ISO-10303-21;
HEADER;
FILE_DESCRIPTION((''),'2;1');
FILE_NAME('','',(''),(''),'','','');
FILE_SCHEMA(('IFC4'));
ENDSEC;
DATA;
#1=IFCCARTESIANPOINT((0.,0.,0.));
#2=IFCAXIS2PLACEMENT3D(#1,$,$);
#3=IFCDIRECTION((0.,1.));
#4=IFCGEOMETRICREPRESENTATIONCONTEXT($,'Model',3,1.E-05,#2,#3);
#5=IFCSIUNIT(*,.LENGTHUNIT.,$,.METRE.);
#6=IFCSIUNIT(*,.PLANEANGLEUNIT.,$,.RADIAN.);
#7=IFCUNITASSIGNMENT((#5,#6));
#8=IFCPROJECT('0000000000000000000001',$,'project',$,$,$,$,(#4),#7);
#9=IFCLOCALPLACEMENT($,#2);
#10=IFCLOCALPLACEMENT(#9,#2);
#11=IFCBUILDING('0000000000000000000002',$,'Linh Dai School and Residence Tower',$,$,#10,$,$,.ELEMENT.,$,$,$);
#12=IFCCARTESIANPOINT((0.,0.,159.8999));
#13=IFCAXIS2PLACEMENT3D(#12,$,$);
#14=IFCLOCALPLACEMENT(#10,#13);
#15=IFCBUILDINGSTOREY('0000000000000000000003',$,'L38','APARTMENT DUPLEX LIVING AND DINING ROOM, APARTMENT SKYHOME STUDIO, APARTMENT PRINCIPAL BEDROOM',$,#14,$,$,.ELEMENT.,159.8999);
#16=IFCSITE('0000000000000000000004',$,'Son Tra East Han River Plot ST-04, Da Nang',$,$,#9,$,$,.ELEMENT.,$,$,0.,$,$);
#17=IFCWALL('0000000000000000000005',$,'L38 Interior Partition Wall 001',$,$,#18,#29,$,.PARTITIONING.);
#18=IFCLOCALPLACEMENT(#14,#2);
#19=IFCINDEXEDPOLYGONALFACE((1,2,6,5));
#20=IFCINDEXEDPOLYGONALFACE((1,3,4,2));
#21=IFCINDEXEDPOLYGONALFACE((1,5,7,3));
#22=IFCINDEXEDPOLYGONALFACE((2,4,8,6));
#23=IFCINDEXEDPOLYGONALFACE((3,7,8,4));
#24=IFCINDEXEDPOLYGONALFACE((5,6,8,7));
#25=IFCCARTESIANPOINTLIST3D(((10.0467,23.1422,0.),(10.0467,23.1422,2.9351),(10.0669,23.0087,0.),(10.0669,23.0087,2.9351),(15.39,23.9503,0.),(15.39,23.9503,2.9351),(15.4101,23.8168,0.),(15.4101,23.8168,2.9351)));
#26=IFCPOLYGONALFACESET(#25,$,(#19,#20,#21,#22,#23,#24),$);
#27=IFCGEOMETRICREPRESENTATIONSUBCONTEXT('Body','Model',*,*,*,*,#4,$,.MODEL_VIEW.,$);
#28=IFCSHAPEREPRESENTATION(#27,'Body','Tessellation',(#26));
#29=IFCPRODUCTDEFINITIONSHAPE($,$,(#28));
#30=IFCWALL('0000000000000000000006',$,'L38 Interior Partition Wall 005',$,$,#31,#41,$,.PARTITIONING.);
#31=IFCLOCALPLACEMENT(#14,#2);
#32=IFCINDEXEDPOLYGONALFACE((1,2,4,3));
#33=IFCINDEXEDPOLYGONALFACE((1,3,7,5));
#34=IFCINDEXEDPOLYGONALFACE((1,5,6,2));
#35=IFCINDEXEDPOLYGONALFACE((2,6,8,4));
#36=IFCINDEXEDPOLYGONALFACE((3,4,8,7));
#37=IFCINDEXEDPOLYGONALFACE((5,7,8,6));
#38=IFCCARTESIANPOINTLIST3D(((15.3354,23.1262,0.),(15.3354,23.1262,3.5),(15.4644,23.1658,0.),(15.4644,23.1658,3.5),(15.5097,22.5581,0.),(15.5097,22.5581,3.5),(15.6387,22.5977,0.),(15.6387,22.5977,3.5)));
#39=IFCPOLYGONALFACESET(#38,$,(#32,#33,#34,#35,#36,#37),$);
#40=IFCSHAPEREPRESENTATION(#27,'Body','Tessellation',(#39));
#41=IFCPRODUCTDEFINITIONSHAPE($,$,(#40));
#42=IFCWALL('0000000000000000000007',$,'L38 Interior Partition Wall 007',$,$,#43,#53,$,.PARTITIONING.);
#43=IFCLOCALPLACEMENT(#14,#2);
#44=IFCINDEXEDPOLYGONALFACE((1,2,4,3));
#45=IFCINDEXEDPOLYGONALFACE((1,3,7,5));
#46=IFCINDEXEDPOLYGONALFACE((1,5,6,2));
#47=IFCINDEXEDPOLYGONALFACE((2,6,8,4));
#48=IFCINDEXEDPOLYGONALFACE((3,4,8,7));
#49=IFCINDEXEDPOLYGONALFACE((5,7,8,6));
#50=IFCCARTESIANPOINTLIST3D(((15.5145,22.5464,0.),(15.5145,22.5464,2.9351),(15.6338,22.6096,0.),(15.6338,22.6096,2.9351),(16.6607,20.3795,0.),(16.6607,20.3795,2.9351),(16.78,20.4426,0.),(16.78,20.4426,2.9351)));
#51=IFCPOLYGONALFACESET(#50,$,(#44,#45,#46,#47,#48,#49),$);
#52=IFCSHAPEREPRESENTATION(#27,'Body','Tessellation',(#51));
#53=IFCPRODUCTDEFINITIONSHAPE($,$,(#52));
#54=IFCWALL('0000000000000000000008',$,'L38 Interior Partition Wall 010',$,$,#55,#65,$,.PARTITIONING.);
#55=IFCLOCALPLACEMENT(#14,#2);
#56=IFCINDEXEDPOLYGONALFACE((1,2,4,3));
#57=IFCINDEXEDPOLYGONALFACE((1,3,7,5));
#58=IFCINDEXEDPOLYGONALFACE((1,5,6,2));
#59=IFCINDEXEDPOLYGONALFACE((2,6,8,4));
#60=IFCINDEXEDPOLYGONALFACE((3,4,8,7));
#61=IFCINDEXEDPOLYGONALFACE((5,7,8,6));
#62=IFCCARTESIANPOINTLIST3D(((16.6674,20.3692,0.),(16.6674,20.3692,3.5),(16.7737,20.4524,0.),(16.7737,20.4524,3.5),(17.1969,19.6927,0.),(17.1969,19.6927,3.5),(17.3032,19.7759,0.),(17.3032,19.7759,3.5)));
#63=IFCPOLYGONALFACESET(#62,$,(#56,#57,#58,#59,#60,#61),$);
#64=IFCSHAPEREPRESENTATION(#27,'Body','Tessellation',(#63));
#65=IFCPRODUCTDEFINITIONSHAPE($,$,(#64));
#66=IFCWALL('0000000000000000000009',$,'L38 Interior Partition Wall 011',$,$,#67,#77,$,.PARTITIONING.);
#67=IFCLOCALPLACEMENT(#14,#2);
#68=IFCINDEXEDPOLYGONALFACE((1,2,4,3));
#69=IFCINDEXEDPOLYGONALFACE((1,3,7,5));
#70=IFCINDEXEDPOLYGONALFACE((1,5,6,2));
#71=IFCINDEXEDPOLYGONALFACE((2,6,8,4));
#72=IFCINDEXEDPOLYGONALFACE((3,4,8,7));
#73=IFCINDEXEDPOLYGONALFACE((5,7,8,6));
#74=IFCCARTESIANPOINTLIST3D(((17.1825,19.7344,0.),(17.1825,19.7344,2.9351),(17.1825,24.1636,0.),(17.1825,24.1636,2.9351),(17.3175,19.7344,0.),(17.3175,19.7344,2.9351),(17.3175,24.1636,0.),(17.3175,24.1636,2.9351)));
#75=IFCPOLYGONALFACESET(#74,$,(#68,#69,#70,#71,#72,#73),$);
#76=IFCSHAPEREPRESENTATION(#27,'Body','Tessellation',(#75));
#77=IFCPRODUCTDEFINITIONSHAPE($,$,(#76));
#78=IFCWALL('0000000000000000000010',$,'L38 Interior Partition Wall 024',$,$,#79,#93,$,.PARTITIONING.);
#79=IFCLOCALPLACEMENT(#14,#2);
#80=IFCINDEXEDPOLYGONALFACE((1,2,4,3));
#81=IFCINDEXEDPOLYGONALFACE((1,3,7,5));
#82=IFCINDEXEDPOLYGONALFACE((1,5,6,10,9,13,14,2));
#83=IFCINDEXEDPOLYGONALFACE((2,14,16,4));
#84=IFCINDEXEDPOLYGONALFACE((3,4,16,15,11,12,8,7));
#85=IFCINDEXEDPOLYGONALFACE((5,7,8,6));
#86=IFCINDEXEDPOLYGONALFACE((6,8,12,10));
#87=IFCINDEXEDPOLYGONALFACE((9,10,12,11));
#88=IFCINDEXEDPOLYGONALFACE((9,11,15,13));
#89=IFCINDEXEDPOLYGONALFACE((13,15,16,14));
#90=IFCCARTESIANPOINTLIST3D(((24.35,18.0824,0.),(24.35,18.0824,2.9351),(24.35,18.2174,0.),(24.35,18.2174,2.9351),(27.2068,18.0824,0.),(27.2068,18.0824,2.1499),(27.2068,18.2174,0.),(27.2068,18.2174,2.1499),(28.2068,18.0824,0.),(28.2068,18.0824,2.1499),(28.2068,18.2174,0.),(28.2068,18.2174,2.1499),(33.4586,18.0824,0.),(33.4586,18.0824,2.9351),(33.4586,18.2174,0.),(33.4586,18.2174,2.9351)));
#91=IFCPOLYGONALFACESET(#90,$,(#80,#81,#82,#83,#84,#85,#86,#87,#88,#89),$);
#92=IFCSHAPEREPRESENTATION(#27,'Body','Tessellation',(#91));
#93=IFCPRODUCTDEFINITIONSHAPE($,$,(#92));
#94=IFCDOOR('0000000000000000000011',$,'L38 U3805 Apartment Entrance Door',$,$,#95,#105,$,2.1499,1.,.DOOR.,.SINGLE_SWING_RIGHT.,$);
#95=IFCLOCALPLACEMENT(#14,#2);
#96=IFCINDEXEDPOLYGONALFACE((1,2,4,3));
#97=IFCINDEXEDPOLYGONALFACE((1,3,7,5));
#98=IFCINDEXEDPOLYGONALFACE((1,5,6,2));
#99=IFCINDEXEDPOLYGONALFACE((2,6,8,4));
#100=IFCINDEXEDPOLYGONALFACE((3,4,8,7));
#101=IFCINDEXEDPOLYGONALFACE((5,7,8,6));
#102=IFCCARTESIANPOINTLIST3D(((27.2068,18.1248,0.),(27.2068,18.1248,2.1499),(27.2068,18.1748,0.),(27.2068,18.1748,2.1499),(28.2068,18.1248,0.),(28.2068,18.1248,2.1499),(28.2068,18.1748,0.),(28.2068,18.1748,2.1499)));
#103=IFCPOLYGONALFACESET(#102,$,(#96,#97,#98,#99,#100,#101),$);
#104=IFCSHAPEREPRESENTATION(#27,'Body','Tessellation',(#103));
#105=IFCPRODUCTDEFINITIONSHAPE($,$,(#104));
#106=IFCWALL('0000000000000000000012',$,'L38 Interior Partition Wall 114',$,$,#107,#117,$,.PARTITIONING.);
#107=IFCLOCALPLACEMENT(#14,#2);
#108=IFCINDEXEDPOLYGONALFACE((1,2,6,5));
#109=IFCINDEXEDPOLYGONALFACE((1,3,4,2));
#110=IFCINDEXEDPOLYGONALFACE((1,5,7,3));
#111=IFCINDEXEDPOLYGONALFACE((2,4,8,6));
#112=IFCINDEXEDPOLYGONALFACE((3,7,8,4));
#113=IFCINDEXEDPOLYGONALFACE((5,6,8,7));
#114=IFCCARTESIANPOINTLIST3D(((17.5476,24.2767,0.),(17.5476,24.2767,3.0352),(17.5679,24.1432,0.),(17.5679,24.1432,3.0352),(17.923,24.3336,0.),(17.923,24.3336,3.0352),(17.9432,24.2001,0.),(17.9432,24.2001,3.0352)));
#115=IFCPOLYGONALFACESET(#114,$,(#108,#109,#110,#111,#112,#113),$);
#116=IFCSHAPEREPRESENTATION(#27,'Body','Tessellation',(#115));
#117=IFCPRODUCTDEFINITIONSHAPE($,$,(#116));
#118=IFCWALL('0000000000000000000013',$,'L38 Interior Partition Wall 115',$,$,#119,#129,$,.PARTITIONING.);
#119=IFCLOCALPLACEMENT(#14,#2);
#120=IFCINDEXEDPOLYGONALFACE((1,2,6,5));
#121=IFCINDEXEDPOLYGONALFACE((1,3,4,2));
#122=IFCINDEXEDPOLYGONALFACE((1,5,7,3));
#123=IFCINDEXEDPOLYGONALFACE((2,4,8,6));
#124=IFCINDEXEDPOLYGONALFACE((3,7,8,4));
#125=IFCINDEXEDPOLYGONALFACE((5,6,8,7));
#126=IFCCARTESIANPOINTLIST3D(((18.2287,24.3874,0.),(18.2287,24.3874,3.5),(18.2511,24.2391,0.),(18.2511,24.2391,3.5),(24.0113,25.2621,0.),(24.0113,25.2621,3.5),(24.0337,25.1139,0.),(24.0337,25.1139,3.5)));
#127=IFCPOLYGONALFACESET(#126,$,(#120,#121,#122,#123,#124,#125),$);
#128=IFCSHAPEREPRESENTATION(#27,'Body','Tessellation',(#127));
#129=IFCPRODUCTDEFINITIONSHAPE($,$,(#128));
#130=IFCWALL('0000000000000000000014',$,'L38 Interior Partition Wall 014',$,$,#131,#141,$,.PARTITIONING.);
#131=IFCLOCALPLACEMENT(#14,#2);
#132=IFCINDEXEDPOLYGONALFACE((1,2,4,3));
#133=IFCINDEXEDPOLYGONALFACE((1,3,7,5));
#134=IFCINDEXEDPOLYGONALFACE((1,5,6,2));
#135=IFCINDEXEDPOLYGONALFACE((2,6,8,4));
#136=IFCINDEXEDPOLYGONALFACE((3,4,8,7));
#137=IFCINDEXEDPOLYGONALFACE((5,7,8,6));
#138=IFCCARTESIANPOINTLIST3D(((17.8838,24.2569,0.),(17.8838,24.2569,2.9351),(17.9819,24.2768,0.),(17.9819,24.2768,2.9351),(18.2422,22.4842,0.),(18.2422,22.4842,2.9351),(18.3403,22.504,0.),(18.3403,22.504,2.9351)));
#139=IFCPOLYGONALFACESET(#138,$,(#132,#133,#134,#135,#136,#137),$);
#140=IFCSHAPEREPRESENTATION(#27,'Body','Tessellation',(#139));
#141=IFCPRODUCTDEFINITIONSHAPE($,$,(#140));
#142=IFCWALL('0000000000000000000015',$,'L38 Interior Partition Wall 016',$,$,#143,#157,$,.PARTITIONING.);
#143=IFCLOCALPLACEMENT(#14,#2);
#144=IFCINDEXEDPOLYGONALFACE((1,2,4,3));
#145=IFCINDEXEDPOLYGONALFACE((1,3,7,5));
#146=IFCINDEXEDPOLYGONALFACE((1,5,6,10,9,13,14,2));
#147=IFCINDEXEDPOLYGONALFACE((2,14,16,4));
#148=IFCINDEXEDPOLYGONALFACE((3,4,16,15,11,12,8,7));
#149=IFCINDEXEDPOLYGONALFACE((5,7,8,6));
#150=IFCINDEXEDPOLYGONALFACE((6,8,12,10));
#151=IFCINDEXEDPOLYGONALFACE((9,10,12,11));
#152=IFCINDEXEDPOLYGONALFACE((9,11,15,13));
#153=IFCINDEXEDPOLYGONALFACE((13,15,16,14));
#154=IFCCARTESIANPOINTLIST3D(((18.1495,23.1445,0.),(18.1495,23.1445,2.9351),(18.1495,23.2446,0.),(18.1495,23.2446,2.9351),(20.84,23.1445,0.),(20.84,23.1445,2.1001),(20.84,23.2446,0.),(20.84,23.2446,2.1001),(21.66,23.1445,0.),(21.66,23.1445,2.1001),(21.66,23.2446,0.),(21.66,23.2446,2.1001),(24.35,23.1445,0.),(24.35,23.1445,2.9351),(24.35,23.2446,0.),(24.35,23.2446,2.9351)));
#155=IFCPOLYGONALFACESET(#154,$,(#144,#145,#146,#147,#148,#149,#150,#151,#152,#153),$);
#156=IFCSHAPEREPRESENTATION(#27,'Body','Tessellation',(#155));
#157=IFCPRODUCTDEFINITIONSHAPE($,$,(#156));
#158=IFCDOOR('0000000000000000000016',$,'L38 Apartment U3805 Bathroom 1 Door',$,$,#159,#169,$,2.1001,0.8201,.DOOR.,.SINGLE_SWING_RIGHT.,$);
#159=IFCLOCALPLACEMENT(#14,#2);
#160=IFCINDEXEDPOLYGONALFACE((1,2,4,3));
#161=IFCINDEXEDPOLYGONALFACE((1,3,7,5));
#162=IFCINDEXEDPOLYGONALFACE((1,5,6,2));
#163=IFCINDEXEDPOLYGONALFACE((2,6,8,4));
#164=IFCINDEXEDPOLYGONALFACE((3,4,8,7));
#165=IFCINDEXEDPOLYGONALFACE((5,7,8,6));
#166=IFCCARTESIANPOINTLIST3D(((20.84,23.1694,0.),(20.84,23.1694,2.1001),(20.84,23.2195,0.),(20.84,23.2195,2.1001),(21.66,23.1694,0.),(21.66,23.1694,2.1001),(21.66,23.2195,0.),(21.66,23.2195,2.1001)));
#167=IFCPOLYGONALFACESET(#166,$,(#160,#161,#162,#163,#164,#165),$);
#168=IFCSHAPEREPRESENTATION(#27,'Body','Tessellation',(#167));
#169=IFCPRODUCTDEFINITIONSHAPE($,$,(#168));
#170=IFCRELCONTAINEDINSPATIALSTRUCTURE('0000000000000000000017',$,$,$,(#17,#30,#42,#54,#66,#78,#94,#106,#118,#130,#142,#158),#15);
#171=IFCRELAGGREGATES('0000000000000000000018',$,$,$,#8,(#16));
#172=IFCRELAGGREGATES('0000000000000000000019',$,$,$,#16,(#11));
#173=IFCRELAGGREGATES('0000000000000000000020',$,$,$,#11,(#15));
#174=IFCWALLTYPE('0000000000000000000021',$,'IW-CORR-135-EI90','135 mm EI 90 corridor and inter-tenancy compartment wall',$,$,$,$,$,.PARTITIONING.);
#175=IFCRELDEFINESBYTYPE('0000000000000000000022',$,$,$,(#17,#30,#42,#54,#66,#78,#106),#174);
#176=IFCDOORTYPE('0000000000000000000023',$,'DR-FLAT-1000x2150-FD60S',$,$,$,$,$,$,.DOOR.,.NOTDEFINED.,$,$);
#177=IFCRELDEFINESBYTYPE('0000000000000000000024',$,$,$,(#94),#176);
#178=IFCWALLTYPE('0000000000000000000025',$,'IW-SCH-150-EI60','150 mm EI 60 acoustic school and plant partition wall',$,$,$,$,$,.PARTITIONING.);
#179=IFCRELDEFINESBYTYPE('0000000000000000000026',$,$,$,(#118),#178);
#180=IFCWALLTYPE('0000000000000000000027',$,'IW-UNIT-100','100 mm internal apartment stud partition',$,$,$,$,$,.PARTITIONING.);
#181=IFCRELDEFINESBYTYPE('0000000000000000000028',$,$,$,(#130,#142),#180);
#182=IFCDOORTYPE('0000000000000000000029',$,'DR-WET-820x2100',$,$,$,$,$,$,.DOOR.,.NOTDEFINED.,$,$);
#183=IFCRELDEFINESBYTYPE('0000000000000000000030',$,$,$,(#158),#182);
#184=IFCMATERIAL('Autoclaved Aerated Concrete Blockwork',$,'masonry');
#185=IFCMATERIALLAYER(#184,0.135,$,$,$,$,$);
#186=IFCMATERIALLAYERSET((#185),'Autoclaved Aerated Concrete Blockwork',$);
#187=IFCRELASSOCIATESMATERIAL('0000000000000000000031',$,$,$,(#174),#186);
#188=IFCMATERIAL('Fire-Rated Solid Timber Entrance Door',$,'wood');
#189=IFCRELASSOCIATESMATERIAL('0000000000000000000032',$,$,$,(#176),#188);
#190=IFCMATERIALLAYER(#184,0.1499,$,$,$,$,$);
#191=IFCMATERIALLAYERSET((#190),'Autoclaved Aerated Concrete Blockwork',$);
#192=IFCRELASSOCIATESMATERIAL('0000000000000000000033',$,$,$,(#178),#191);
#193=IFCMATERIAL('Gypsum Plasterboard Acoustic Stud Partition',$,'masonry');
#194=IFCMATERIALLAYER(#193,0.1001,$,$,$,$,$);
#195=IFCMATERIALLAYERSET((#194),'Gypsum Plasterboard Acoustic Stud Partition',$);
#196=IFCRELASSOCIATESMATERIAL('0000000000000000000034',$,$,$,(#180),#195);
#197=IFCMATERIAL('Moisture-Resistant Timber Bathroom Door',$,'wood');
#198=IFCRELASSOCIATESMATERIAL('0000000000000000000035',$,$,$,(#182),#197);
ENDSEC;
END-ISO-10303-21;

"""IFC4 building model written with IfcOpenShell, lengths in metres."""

from ifc_helpers import new_model, si_unit, direction, frame, frame_2d, origin, origin_2d, place, context, subcontext, project, spatial, rectangle, extrude, source, transform, mapped, material, layer, layer_set, type_object, element, fill, save


model = new_model("IFC4")

# Units and contexts
model_context = context("Model", 3, precision=1e-05, world=origin(), true_north=direction((0.0, 1.0)))
body_context = subcontext(model_context, "Body", "Model", "MODEL_VIEW")
ifc_project = project(units=[si_unit("LENGTHUNIT", "METRE"), si_unit("PLANEANGLEUNIT", "RADIAN")], contexts=[model_context])

# Site, building, storey
site_placement = place(None, origin())
site = spatial("IfcSite", under=ifc_project, at=site_placement, Name="Son Tra East Han River Plot ST-04, Da Nang", CompositionType="ELEMENT", RefElevation=0.0)
building_placement = place(site_placement, origin())
building = spatial("IfcBuilding", under=site, at=building_placement, Name="Linh Dai School and Residence Tower", CompositionType="ELEMENT")
storey_placement = place(building_placement, frame((0.0, 0.0, 159.8999)))
storey = spatial("IfcBuildingStorey", under=building, at=storey_placement, Name="L38", Description="APARTMENT DUPLEX LIVING AND DINING ROOM, APARTMENT SKYHOME STUDIO, APARTMENT PRINCIPAL BEDROOM", CompositionType="ELEMENT", Elevation=159.8999)

# Wall
ifc_material_1 = material(Name="Autoclaved Aerated Concrete Blockwork", Category="masonry")
ifc_layer_1 = layer(ifc_material_1, 0.135)
ifc_layer_set_1 = layer_set([ifc_layer_1], Name="Autoclaved Aerated Concrete Blockwork")
wall_type_1 = type_object("IfcWallType", Name="IW-CORR-135-EI90", Description="135 mm EI 90 corridor and inter-tenancy compartment wall", PredefinedType="PARTITIONING", material=ifc_layer_set_1)
wall_1_placement = place(storey_placement, frame((10.0566, 23.0754, 0.0), z_axis=(0.0, 0.0, 1.0), x_axis=(0.988756, 0.149538, 0.0)))
element("IfcWall", 1, at=wall_1_placement, inside=storey, type_object=wall_type_1, Name="L38 Interior Partition Wall 001", PredefinedType="PARTITIONING", context=body_context, shape_type="SweptSolid", body=[
    extrude(rectangle(XDim=5.4041, YDim=0.135, at=frame_2d((2.7021, 0.0))), origin(), (0.0, 0.0, 1.0), 2.9351),
])

# Shared definitions
ifc_material_2 = material(Name="Fire-Rated Solid Timber Entrance Door", Category="wood")
door_type_1 = type_object("IfcDoorType", Name="DR-FLAT-1000x2150-FD60S", OperationType="NOTDEFINED", PredefinedType="DOOR", material=ifc_material_2)
shared_shape_1 = source(origin(), body_context, "Body", "SweptSolid", [
    extrude(rectangle(XDim=1.0, YDim=2.1499, at=origin_2d()), frame((0.5, 0.0249, 1.075), z_axis=(0.0, -1.0, 0.0), x_axis=(1.0, 0.0, 0.0)), (0.0, 0.0, 1.0), 0.05),
])

# Walls
wall_2_placement = place(storey_placement, frame((15.3999, 23.146, 0.0), z_axis=(0.0, 0.0, 1.0), x_axis=(0.293335, -0.95601, 0.0)))
element("IfcWall", 2, at=wall_2_placement, inside=storey, type_object=wall_type_1, Name="L38 Interior Partition Wall 005", PredefinedType="PARTITIONING", context=body_context, shape_type="SweptSolid", body=[
    extrude(rectangle(XDim=0.5942, YDim=0.135, at=frame_2d((0.2971, 0.0))), origin(), (0.0, 0.0, 1.0), 3.5),
])
wall_3_placement = place(storey_placement, frame((15.5742, 22.5779, 0.0), z_axis=(0.0, 0.0, 1.0), x_axis=(0.467572, -0.883955, 0.0)))
element("IfcWall", 3, at=wall_3_placement, inside=storey, type_object=wall_type_1, Name="L38 Interior Partition Wall 007", PredefinedType="PARTITIONING", context=body_context, shape_type="SweptSolid", body=[
    extrude(rectangle(XDim=2.4514, YDim=0.135, at=frame_2d((1.2256, 0.0))), origin(), (0.0, 0.0, 1.0), 2.9351),
])
wall_4_placement = place(storey_placement, frame((16.7205, 20.4109, 0.0), z_axis=(0.0, 0.0, 1.0), x_axis=(0.616377, -0.787451, 0.0)))
element("IfcWall", 4, at=wall_4_placement, inside=storey, type_object=wall_type_1, Name="L38 Interior Partition Wall 010", PredefinedType="PARTITIONING", context=body_context, shape_type="SweptSolid", body=[
    extrude(rectangle(XDim=0.8591, YDim=0.135, at=frame_2d((0.4297, 0.0))), origin(), (0.0, 0.0, 1.0), 3.5),
])
wall_5_placement = place(storey_placement, frame((17.25, 19.7344, 0.0), z_axis=(0.0, 0.0, 1.0), x_axis=(0.0, 1.0, 0.0)))
element("IfcWall", 5, at=wall_5_placement, inside=storey, type_object=wall_type_1, Name="L38 Interior Partition Wall 011", PredefinedType="PARTITIONING", context=body_context, shape_type="SweptSolid", body=[
    extrude(rectangle(XDim=4.4292, YDim=0.135, at=frame_2d((2.2146, 0.0))), origin(), (0.0, 0.0, 1.0), 2.9351),
])

# Wall, opening, door
wall_6_placement = place(storey_placement, frame((24.3501, 18.1499, 0.0), z_axis=(0.0, 0.0, 1.0), x_axis=(1.0, 0.0, 0.0)))
wall_6 = element("IfcWall", 6, at=wall_6_placement, inside=storey, type_object=wall_type_1, Name="L38 Interior Partition Wall 024", PredefinedType="PARTITIONING", context=body_context, shape_type="SweptSolid", body=[
    extrude(rectangle(XDim=9.1086, YDim=0.135, at=frame_2d((4.5542, 0.0))), origin(), (0.0, 0.0, 1.0), 2.9351),
])
opening_1_placement = place(wall_6_placement, frame((2.8567, 0.0, 0.0)))
opening_1 = element("IfcOpeningElement", 7, at=opening_1_placement, cuts=wall_6, PredefinedType="OPENING", context=body_context, shape_type="SweptSolid", body=[
    extrude(rectangle(XDim=1.0, YDim=2.1499, at=origin_2d()), frame((0.5, 0.0776, 1.075), z_axis=(0.0, -1.0, 0.0), x_axis=(1.0, 0.0, 0.0)), (0.0, 0.0, 1.0), 0.155),
])
door_1_placement = place(opening_1_placement, origin())
door_1 = element("IfcDoor", 8, at=door_1_placement, inside=storey, type_object=door_type_1, Name="L38 U3805 Apartment Entrance Door", OperationType="SINGLE_SWING_RIGHT", OverallHeight=2.1499, OverallWidth=1.0, PredefinedType="DOOR", context=body_context, shape_type="MappedRepresentation", body=[
    mapped(shared_shape_1, transform((0.0, 0.0, 0.0), x_axis=(1.0, 0.0, 0.0), y_axis=(0.0, 1.0, 0.0), z_axis=(0.0, 0.0, 1.0), scale=1.0)),
])
fill(opening_1, door_1)

# Walls
wall_7_placement = place(storey_placement, frame((17.5576, 24.21, 0.0), z_axis=(0.0, 0.0, 1.0), x_axis=(0.988704, 0.149882, 0.0)))
element("IfcWall", 9, at=wall_7_placement, inside=storey, type_object=wall_type_1, Name="L38 Interior Partition Wall 114", PredefinedType="PARTITIONING", context=body_context, shape_type="SweptSolid", body=[
    extrude(rectangle(XDim=0.3796, YDim=0.135, at=frame_2d((0.1899, 0.0))), origin(), (0.0, 0.0, 1.0), 3.0352),
])
ifc_layer_2 = layer(ifc_material_1, 0.1499)
ifc_layer_set_2 = layer_set([ifc_layer_2], Name="Autoclaved Aerated Concrete Blockwork")
wall_type_2 = type_object("IfcWallType", Name="IW-SCH-150-EI60", Description="150 mm EI 60 acoustic school and plant partition wall", PredefinedType="PARTITIONING", material=ifc_layer_set_2)
wall_8_placement = place(storey_placement, frame((18.2397, 24.3132, 0.0), z_axis=(0.0, 0.0, 1.0), x_axis=(0.988751, 0.149569, 0.0)))
element("IfcWall", 10, at=wall_8_placement, inside=storey, type_object=wall_type_2, Name="L38 Interior Partition Wall 115", PredefinedType="PARTITIONING", context=body_context, shape_type="SweptSolid", body=[
    extrude(rectangle(XDim=5.8484, YDim=0.1499, at=frame_2d((2.9243, 0.0))), origin(), (0.0, 0.0, 1.0), 3.5),
])
ifc_material_3 = material(Name="Gypsum Plasterboard Acoustic Stud Partition", Category="masonry")
ifc_layer_3 = layer(ifc_material_3, 0.1001)
ifc_layer_set_3 = layer_set([ifc_layer_3], Name="Gypsum Plasterboard Acoustic Stud Partition")
wall_type_3 = type_object("IfcWallType", Name="IW-UNIT-100", Description="100 mm internal apartment stud partition", PredefinedType="PARTITIONING", material=ifc_layer_set_3)
wall_9_placement = place(storey_placement, frame((17.9329, 24.2668, 0.0), z_axis=(0.0, 0.0, 1.0), x_axis=(0.198167, -0.980168, 0.0)))
element("IfcWall", 11, at=wall_9_placement, inside=storey, type_object=wall_type_3, Name="L38 Interior Partition Wall 014", PredefinedType="PARTITIONING", context=body_context, shape_type="SweptSolid", body=[
    extrude(rectangle(XDim=1.8086, YDim=0.1001, at=frame_2d((0.9043, 0.0))), origin(), (0.0, 0.0, 1.0), 2.9351),
])

# Wall, opening, door
wall_10_placement = place(storey_placement, frame((18.1497, 23.1946, 0.0), z_axis=(0.0, 0.0, 1.0), x_axis=(1.0, 0.0, 0.0)))
wall_10 = element("IfcWall", 12, at=wall_10_placement, inside=storey, type_object=wall_type_3, Name="L38 Interior Partition Wall 016", PredefinedType="PARTITIONING", context=body_context, shape_type="SweptSolid", body=[
    extrude(rectangle(XDim=6.2004, YDim=0.1001, at=frame_2d((3.1001, 0.0))), origin(), (0.0, 0.0, 1.0), 2.9351),
])
opening_2_placement = place(wall_10_placement, frame((2.6902, 0.0, 0.0)))
opening_2 = element("IfcOpeningElement", 13, at=opening_2_placement, cuts=wall_10, PredefinedType="OPENING", context=body_context, shape_type="SweptSolid", body=[
    extrude(rectangle(XDim=0.8201, YDim=2.1001, at=origin_2d()), frame((0.4102, 0.0601, 1.05), z_axis=(0.0, -1.0, 0.0), x_axis=(1.0, 0.0, 0.0)), (0.0, 0.0, 1.0), 0.1201),
])
ifc_material_4 = material(Name="Moisture-Resistant Timber Bathroom Door", Category="wood")
door_type_2 = type_object("IfcDoorType", Name="DR-WET-820x2100", OperationType="NOTDEFINED", PredefinedType="DOOR", material=ifc_material_4)
shared_shape_2 = source(origin(), body_context, "Body", "SweptSolid", [
    extrude(rectangle(XDim=0.8201, YDim=2.1001, at=origin_2d()), frame((0.4102, 0.0249, 1.05), z_axis=(0.0, -1.0, 0.0), x_axis=(1.0, 0.0, 0.0)), (0.0, 0.0, 1.0), 0.05),
])
door_2_placement = place(opening_2_placement, origin())
door_2 = element("IfcDoor", 14, at=door_2_placement, inside=storey, type_object=door_type_2, Name="L38 Apartment U3805 Bathroom 1 Door", OperationType="SINGLE_SWING_RIGHT", OverallHeight=2.1001, OverallWidth=0.8201, PredefinedType="DOOR", context=body_context, shape_type="MappedRepresentation", body=[
    mapped(shared_shape_2, transform((0.0, 0.0, 0.0), x_axis=(1.0, 0.0, 0.0), y_axis=(0.0, 1.0, 0.0), z_axis=(0.0, 0.0, 1.0), scale=1.0)),
])
fill(opening_2, door_2)

save(model, "model.ifc")
